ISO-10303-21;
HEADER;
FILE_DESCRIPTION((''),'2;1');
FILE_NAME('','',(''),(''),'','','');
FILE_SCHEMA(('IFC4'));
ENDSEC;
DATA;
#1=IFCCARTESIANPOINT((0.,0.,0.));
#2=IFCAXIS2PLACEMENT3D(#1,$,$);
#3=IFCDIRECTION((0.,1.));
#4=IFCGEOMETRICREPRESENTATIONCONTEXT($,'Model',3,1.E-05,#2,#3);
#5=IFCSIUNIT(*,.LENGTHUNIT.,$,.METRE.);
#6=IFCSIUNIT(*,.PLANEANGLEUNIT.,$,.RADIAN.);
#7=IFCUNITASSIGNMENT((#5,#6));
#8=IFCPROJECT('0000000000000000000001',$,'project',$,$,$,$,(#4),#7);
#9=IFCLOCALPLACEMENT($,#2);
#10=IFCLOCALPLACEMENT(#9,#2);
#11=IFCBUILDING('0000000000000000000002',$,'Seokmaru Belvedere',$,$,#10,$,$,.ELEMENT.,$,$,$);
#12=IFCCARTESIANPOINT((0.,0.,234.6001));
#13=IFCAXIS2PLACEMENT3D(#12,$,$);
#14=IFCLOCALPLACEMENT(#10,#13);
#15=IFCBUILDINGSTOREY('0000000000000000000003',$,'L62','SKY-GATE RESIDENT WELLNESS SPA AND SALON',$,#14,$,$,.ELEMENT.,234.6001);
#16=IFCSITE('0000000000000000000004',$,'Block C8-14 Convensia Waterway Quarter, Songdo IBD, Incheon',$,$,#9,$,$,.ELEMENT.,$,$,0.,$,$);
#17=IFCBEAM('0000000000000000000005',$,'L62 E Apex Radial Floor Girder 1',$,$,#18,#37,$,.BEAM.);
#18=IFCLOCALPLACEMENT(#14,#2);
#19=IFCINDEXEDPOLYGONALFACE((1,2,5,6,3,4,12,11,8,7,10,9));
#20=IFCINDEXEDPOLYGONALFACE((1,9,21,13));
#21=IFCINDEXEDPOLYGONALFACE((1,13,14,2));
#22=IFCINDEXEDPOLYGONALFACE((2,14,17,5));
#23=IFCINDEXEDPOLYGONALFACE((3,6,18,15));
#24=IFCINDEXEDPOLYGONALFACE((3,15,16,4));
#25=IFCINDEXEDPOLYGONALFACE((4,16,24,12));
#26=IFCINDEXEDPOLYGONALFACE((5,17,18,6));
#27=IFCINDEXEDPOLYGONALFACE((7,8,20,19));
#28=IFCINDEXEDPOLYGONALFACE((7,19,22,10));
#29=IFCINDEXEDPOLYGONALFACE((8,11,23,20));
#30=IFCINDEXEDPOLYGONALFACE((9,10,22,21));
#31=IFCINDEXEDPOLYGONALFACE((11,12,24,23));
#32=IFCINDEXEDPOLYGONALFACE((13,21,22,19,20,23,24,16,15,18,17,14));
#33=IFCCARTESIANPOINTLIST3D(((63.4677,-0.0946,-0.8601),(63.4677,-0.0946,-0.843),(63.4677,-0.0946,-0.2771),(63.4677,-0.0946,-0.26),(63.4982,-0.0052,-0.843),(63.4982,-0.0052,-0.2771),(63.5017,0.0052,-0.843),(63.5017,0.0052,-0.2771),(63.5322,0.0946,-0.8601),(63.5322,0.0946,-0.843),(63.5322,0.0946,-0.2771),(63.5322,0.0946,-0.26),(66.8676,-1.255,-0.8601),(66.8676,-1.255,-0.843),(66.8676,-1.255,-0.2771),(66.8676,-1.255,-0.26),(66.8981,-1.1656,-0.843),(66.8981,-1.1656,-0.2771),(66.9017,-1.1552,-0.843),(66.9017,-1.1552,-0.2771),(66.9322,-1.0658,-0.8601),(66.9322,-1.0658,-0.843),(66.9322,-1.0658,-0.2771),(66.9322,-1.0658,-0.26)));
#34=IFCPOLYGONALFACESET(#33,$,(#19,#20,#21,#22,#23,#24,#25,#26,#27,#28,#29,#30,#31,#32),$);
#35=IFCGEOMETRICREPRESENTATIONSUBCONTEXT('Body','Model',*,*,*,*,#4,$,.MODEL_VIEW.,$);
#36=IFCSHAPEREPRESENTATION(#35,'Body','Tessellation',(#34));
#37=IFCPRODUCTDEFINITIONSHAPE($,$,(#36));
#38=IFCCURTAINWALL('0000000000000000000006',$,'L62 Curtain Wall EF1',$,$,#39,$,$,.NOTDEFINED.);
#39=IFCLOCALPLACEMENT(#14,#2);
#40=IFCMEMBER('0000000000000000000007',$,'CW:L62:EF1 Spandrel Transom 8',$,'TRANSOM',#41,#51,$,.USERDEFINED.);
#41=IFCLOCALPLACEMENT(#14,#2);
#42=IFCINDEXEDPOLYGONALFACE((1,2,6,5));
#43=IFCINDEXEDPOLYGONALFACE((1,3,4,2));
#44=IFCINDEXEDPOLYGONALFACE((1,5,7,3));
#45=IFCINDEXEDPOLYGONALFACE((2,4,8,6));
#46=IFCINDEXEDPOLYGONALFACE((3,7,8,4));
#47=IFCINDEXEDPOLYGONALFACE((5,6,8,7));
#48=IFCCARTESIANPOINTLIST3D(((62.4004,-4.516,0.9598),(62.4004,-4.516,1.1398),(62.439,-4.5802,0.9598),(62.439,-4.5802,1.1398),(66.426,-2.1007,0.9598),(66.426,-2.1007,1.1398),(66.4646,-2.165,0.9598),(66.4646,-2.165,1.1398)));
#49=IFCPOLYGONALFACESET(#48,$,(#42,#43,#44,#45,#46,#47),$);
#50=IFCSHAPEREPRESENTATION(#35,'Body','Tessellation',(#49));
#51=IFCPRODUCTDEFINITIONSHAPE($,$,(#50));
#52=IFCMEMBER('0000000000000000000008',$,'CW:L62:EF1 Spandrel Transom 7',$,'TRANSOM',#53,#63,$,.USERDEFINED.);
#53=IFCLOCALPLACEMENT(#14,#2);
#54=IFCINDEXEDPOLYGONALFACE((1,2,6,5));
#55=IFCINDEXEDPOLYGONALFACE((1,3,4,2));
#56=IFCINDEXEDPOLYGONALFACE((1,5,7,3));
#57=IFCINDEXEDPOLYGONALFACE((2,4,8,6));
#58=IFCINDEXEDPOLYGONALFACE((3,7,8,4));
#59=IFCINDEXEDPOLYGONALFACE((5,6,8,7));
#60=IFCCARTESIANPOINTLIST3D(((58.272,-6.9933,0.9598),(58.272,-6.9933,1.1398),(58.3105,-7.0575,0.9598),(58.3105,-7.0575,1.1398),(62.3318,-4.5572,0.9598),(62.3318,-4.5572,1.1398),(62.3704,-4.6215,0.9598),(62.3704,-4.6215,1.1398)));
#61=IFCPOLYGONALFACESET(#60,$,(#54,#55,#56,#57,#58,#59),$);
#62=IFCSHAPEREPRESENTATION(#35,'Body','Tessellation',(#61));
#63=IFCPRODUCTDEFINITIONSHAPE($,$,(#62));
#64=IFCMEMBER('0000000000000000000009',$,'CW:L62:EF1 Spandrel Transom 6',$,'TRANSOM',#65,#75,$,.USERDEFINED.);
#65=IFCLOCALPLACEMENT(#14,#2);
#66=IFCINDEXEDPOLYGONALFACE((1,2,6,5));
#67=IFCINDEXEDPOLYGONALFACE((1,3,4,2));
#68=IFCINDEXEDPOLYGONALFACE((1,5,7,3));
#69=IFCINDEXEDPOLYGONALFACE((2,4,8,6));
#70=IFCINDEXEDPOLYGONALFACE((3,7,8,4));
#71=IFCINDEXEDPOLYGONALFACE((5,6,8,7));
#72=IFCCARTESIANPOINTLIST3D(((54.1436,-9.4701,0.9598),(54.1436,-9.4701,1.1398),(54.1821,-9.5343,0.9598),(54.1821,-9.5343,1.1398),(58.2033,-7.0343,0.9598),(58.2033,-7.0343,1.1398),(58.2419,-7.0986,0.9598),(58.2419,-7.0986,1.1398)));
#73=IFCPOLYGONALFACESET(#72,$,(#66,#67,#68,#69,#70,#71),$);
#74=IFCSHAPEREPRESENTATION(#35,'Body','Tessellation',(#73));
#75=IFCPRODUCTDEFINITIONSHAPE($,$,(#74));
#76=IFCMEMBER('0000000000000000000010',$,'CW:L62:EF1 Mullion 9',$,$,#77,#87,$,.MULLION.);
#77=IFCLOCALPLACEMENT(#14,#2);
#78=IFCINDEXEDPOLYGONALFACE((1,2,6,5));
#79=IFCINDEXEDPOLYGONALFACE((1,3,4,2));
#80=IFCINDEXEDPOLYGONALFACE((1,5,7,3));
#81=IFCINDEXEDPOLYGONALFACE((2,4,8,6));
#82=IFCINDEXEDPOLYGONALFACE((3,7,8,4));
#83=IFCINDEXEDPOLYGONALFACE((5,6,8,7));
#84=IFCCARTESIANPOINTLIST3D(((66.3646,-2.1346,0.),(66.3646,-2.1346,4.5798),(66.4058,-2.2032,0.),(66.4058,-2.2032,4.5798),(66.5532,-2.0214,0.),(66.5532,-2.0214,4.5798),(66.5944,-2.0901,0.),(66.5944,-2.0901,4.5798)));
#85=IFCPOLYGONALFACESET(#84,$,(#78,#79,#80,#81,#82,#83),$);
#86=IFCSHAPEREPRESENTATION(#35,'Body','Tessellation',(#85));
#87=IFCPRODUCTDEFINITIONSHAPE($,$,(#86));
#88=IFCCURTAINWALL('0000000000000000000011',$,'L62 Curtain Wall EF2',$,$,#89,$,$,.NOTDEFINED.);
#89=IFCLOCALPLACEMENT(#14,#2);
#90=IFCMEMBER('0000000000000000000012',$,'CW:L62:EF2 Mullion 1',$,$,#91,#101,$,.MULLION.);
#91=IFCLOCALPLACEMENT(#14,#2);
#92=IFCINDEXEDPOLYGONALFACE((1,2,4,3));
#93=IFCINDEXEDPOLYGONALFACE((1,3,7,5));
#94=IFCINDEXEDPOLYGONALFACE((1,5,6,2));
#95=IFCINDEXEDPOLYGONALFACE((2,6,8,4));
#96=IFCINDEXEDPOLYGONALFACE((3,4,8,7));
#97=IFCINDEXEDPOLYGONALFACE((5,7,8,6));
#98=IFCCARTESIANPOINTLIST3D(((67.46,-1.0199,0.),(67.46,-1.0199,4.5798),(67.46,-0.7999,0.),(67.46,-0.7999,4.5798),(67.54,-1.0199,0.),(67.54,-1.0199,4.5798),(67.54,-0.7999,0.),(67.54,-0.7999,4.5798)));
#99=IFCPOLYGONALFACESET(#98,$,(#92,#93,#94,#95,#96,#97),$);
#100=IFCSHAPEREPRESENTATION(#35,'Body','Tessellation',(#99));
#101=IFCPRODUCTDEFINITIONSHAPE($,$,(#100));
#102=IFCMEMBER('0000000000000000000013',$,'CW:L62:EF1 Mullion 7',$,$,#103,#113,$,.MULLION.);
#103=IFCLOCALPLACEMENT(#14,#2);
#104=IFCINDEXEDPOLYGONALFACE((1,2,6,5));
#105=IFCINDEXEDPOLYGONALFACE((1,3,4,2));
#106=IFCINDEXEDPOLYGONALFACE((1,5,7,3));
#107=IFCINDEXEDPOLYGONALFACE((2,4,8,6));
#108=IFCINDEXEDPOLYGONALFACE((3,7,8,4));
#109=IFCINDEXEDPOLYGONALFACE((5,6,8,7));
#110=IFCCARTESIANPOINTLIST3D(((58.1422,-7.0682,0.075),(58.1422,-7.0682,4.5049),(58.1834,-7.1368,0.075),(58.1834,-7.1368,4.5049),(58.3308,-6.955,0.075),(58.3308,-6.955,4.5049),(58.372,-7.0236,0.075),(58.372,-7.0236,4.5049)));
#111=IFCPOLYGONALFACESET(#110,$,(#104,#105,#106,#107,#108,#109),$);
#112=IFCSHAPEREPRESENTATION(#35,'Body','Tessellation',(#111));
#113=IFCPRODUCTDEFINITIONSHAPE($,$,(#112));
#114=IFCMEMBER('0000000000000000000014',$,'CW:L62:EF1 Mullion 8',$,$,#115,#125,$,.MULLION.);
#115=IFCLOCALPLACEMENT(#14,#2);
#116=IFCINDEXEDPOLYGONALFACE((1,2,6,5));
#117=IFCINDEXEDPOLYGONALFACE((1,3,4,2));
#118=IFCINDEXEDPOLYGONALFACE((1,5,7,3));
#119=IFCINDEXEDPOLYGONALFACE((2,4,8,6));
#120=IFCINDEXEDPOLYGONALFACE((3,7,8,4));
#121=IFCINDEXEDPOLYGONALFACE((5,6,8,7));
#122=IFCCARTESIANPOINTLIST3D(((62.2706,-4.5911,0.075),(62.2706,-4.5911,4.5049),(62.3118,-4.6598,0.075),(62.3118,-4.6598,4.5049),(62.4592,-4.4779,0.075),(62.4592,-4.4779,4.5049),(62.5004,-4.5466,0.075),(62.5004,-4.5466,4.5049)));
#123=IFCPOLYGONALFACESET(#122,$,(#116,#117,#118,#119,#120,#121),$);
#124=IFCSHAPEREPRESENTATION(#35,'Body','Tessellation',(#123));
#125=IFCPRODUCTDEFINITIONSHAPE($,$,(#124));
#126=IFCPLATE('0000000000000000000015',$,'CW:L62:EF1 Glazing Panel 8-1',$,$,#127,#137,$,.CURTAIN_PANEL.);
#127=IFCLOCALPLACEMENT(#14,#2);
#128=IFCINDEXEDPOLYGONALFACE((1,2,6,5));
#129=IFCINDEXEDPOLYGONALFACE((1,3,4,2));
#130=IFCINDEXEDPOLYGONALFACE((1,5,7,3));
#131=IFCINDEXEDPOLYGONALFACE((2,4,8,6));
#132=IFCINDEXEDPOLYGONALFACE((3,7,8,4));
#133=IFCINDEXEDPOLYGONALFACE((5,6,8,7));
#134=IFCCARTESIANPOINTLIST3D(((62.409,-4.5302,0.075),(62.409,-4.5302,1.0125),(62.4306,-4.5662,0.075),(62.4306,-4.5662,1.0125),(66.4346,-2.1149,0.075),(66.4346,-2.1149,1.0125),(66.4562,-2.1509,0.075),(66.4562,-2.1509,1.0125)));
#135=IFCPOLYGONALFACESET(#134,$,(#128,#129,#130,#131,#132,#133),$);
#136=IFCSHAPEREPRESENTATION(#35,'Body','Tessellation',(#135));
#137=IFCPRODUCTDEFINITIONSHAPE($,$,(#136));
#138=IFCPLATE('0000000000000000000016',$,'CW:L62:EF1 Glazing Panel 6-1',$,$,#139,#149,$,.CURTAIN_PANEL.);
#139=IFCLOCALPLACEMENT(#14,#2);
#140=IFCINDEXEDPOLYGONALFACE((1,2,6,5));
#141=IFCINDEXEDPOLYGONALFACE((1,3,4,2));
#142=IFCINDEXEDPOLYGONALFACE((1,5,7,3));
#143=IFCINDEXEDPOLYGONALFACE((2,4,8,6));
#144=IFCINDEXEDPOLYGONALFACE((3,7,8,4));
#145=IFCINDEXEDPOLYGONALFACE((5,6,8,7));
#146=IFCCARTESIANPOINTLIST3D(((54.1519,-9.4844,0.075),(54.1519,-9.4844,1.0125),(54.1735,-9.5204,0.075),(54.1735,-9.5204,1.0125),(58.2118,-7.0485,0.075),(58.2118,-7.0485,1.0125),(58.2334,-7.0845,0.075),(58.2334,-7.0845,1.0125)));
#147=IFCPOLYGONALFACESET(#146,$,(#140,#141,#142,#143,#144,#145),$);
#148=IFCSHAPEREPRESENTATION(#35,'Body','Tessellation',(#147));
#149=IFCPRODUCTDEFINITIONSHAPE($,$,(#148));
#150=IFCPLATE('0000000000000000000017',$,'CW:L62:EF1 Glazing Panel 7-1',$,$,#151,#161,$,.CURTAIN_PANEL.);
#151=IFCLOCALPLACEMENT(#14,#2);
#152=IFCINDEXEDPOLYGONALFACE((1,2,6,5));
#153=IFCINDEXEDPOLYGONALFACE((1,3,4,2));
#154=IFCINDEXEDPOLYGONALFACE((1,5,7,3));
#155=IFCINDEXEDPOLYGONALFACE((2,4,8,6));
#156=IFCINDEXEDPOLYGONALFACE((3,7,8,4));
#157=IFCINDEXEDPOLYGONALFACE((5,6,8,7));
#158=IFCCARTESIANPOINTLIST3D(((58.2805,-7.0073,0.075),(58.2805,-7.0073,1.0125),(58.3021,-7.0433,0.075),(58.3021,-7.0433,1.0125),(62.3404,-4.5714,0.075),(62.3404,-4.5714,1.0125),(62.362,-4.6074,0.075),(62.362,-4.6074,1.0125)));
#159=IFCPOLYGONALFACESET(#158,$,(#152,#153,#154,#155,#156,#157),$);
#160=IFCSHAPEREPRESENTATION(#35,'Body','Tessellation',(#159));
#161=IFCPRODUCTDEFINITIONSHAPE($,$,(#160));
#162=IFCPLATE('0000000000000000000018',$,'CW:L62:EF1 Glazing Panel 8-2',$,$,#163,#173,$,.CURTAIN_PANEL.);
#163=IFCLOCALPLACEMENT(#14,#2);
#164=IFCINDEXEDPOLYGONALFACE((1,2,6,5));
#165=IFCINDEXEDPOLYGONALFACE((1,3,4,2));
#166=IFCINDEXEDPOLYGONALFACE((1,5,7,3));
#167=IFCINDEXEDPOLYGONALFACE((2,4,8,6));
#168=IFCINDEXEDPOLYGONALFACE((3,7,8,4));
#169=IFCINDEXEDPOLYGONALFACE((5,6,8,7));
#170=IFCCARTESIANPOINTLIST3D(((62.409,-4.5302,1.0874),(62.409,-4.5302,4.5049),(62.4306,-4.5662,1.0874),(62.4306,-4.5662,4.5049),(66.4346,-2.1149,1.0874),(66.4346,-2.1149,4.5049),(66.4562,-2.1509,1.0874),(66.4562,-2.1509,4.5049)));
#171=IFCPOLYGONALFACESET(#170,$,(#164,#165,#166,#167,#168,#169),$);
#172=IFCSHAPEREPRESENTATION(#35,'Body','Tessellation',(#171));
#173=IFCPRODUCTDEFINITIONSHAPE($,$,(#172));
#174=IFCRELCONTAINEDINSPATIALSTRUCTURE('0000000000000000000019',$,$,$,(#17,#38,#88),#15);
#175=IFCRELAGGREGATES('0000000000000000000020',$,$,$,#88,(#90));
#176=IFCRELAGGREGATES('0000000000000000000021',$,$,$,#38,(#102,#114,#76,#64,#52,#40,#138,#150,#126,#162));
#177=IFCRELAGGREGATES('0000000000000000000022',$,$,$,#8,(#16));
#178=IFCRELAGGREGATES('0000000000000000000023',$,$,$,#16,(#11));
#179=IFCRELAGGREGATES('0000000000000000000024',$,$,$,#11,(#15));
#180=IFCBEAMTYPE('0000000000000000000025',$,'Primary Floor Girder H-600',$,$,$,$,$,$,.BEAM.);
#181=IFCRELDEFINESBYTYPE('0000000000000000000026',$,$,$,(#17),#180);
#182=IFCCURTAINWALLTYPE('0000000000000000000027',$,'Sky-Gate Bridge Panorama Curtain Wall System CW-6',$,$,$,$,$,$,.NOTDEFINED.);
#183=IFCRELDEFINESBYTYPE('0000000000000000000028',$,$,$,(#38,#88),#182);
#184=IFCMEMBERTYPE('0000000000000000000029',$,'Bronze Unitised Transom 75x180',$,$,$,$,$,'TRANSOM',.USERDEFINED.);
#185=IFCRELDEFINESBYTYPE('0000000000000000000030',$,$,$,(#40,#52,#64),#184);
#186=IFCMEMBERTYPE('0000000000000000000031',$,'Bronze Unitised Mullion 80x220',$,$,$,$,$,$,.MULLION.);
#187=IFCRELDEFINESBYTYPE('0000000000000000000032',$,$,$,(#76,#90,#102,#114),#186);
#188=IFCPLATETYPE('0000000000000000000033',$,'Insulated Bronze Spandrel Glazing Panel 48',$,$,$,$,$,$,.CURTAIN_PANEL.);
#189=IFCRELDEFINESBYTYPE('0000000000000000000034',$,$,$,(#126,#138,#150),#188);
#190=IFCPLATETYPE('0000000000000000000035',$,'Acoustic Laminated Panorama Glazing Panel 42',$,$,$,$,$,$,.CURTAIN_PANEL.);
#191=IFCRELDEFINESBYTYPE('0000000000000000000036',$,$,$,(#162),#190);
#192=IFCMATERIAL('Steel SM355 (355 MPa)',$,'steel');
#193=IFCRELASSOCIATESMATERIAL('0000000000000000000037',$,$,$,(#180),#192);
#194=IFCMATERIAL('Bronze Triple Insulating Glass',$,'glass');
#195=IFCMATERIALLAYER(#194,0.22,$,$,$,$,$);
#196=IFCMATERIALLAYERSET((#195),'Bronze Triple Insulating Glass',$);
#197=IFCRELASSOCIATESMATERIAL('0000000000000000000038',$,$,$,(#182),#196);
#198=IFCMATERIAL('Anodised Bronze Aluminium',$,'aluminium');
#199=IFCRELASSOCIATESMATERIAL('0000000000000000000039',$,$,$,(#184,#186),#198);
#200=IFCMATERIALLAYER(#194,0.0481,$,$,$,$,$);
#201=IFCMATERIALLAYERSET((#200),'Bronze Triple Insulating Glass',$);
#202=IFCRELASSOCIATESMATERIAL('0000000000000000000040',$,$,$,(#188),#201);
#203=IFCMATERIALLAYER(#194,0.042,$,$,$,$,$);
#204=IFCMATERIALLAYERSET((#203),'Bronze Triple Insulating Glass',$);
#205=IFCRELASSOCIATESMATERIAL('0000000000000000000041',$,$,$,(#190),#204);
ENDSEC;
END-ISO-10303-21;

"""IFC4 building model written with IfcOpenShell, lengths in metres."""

from ifc_helpers import new_model, si_unit, direction, frame, origin, origin_2d, place, context, subcontext, project, spatial, rectangle, i_section, extrude, source, transform, mapped, material, layer, layer_set, material_profile, profile_set, type_object, type_shapes, element, aggregate, save


model = new_model("IFC4")

# Units and contexts
model_context = context("Model", 3, precision=1e-05, world=origin(), true_north=direction((0.0, 1.0)))
body_context = subcontext(model_context, "Body", "Model", "MODEL_VIEW")
ifc_project = project(units=[si_unit("LENGTHUNIT", "METRE"), si_unit("PLANEANGLEUNIT", "RADIAN")], contexts=[model_context])

# Site, building, storey
site_placement = place(None, origin())
site = spatial("IfcSite", under=ifc_project, at=site_placement, Name="Block C8-14 Convensia Waterway Quarter, Songdo IBD, Incheon", CompositionType="ELEMENT", RefElevation=0.0)
building_placement = place(site_placement, origin())
building = spatial("IfcBuilding", under=site, at=building_placement, Name="Seokmaru Belvedere", CompositionType="ELEMENT")
storey_placement = place(building_placement, frame((0.0, 0.0, 234.6001)))
storey = spatial("IfcBuildingStorey", under=building, at=storey_placement, Name="L62", Description="SKY-GATE RESIDENT WELLNESS SPA AND SALON", CompositionType="ELEMENT", Elevation=234.6001)

# Shared definitions
ifc_material_1 = material(Name="Steel SM355 (355 MPa)", Category="steel")

# Beam
ifc_material_profile_1 = material_profile(ifc_material_1, i_section(OverallWidth=0.2, OverallDepth=0.6001, WebThickness=0.011, FlangeThickness=0.0171, at=origin_2d()), Name="H-600x200x11x17")
ifc_profile_set_1 = profile_set([ifc_material_profile_1], Name="Steel SM355 (355 MPa)")
beam_type_1 = type_object("IfcBeamType", Name="Primary Floor Girder H-600", PredefinedType="BEAM", material=ifc_profile_set_1)
shared_shape_1 = source(origin(), body_context, "Body", "SweptSolid", [
    extrude(i_section(OverallWidth=0.2, OverallDepth=0.6001, WebThickness=0.011, FlangeThickness=0.0171, at=origin_2d()), origin(), (0.0, 0.0, 1.0), 3.5925),
])
beam_1_placement = place(storey_placement, frame((66.8999, -1.1604, -0.5601), z_axis=(-0.946396, 0.323009, 0.0), x_axis=(-0.323009, -0.946396, 0.0)))
element("IfcBeam", 1, at=beam_1_placement, inside=storey, type_object=beam_type_1, Name="L62 E Apex Radial Floor Girder 1", PredefinedType="BEAM", context=body_context, shape_type="MappedRepresentation", body=[
    mapped(shared_shape_1, transform((0.0, 0.0, 0.0), scale=1.0)),
])

# Curtain wall, members
ifc_material_2 = material(Name="Bronze Triple Insulating Glass", Category="glass")
ifc_layer_1 = layer(ifc_material_2, 0.22)
ifc_layer_set_1 = layer_set([ifc_layer_1], Name="Bronze Triple Insulating Glass")
curtain_wall_type = type_object("IfcCurtainWallType", Name="Sky-Gate Bridge Panorama Curtain Wall System CW-6", PredefinedType="NOTDEFINED", material=ifc_layer_set_1)
curtain_wall_1_placement = place(storey_placement, origin())
curtain_wall_1 = element("IfcCurtainWall", 2, at=curtain_wall_1_placement, inside=storey, type_object=curtain_wall_type, Name="L62 Curtain Wall EF1", PredefinedType="NOTDEFINED")
ifc_material_3 = material(Name="Anodised Bronze Aluminium", Category="aluminium")
ifc_material_profile_2 = material_profile(ifc_material_3, rectangle(XDim=0.075, YDim=0.1799, at=origin_2d()), Name="CW-T-75x180")
ifc_profile_set_2 = profile_set([ifc_material_profile_2], Name="Anodised Bronze Aluminium")
member_type_1 = type_object("IfcMemberType", Name="Bronze Unitised Transom 75x180", ElementType="TRANSOM", PredefinedType="USERDEFINED", material=ifc_profile_set_2)
shared_shape_2 = source(origin(), body_context, "Body", "SweptSolid", [
    extrude(rectangle(XDim=0.075, YDim=0.1799, at=origin_2d()), origin(), (0.0, 0.0, 1.0), 4.6946),
])
member_1_placement = place(storey_placement, frame((62.4197, -4.5481, 1.0498), z_axis=(0.857502, 0.51448, 0.0), x_axis=(-0.51448, 0.857502, 0.0)))
member_1 = element("IfcMember", 3, at=member_1_placement, type_object=member_type_1, Name="CW:L62:EF1 Spandrel Transom 8", ObjectType="TRANSOM", PredefinedType="USERDEFINED", context=body_context, shape_type="MappedRepresentation", body=[
    mapped(shared_shape_2, transform((0.0, 0.0, 0.0), scale=1.0)),
])
shared_shape_3 = source(origin(), body_context, "Body", "SweptSolid", [
    extrude(rectangle(XDim=0.075, YDim=0.1799, at=origin_2d()), origin(), (0.0, 0.0, 1.0), 4.7346),
])
member_2_placement = place(storey_placement, frame((58.2913, -7.0254, 1.0498), z_axis=(0.857479, 0.514519, 0.0), x_axis=(-0.514519, 0.857479, 0.0)))
member_2 = element("IfcMember", 4, at=member_2_placement, type_object=member_type_1, Name="CW:L62:EF1 Spandrel Transom 7", ObjectType="TRANSOM", PredefinedType="USERDEFINED", context=body_context, shape_type="MappedRepresentation", body=[
    mapped(shared_shape_3, transform((0.0, 0.0, 0.0), scale=1.0)),
])
shared_shape_4 = source(origin(), body_context, "Body", "SweptSolid", [
    extrude(rectangle(XDim=0.075, YDim=0.1799, at=origin_2d()), origin(), (0.0, 0.0, 1.0), 4.7344),
])
type_shapes(member_type_1, [shared_shape_2, shared_shape_3, shared_shape_4])
member_3_placement = place(storey_placement, frame((54.1628, -9.5022, 1.0498), z_axis=(0.857502, 0.514481, 0.0), x_axis=(-0.514481, 0.857502, 0.0)))
member_3 = element("IfcMember", 5, at=member_3_placement, type_object=member_type_1, Name="CW:L62:EF1 Spandrel Transom 6", ObjectType="TRANSOM", PredefinedType="USERDEFINED", context=body_context, shape_type="MappedRepresentation", body=[
    mapped(shared_shape_4, transform((0.0, 0.0, 0.0), scale=1.0)),
])
ifc_material_profile_3 = material_profile(ifc_material_3, rectangle(XDim=0.0801, YDim=0.22, at=origin_2d()), Name="CW-M-80x220")
ifc_profile_set_3 = profile_set([ifc_material_profile_3], Name="Anodised Bronze Aluminium")
member_type_2 = type_object("IfcMemberType", Name="Bronze Unitised Mullion 80x220", PredefinedType="MULLION", material=ifc_profile_set_3)
shared_shape_5 = source(origin(), body_context, "Body", "SweptSolid", [
    extrude(rectangle(XDim=0.0801, YDim=0.22, at=origin_2d()), origin(), (0.0, 0.0, 1.0), 4.5798),
])
member_4_placement = place(storey_placement, frame((66.4795, -2.1123, 0.0), z_axis=(0.0, 0.0, 1.0), x_axis=(-0.514495, 0.857493, 0.0)))
member_4 = element("IfcMember", 6, at=member_4_placement, type_object=member_type_2, Name="CW:L62:EF1 Mullion 9", PredefinedType="MULLION", context=body_context, shape_type="MappedRepresentation", body=[
    mapped(shared_shape_5, transform((0.0, 0.0, 0.0), scale=1.0)),
])

# Curtain wall, member
curtain_wall_2_placement = place(storey_placement, origin())
curtain_wall_2 = element("IfcCurtainWall", 7, at=curtain_wall_2_placement, inside=storey, type_object=curtain_wall_type, Name="L62 Curtain Wall EF2", PredefinedType="NOTDEFINED")
member_5_placement = place(storey_placement, frame((67.5, -0.9099, 0.0), z_axis=(0.0, 0.0, 1.0), x_axis=(-1.0, 0.0, 0.0)))
member_5 = element("IfcMember", 8, at=member_5_placement, type_object=member_type_2, Name="CW:L62:EF2 Mullion 1", PredefinedType="MULLION", context=body_context, shape_type="MappedRepresentation", body=[
    mapped(shared_shape_5, transform((0.0, 0.0, 0.0), scale=1.0)),
])
aggregate(curtain_wall_2, [member_5])

# Members
shared_shape_6 = source(origin(), body_context, "Body", "SweptSolid", [
    extrude(rectangle(XDim=0.0801, YDim=0.22, at=origin_2d()), origin(), (0.0, 0.0, 1.0), 4.4299),
])
type_shapes(member_type_2, [shared_shape_5, shared_shape_6])
member_6_placement = place(storey_placement, frame((58.2571, -7.0459, 0.075), z_axis=(0.0, 0.0, 1.0), x_axis=(-0.514495, 0.857493, 0.0)))
member_6 = element("IfcMember", 9, at=member_6_placement, type_object=member_type_2, Name="CW:L62:EF1 Mullion 7", PredefinedType="MULLION", context=body_context, shape_type="MappedRepresentation", body=[
    mapped(shared_shape_6, transform((0.0, 0.0, 0.0), scale=1.0)),
])
member_7_placement = place(storey_placement, frame((62.3855, -4.5688, 0.075), z_axis=(0.0, 0.0, 1.0), x_axis=(-0.514495, 0.857493, 0.0)))
member_7 = element("IfcMember", 10, at=member_7_placement, type_object=member_type_2, Name="CW:L62:EF1 Mullion 8", PredefinedType="MULLION", context=body_context, shape_type="MappedRepresentation", body=[
    mapped(shared_shape_6, transform((0.0, 0.0, 0.0), scale=1.0)),
])

# Plates
ifc_layer_2 = layer(ifc_material_2, 0.0481)
ifc_layer_set_2 = layer_set([ifc_layer_2], Name="Bronze Triple Insulating Glass")
plate_type_1 = type_object("IfcPlateType", Name="Insulated Bronze Spandrel Glazing Panel 48", PredefinedType="CURTAIN_PANEL", material=ifc_layer_set_2)
shared_shape_7 = source(origin(), body_context, "Body", "SweptSolid", [
    extrude(rectangle(XDim=4.6946, YDim=0.042, at=origin_2d()), origin(), (0.0, 0.0, 1.0), 0.9375),
])
plate_1_placement = place(storey_placement, frame((64.4326, -3.3406, 0.075), z_axis=(0.0, 0.0, 1.0), x_axis=(0.857493, 0.514495, 0.0)))
plate_1 = element("IfcPlate", 11, at=plate_1_placement, type_object=plate_type_1, Name="CW:L62:EF1 Glazing Panel 8-1", PredefinedType="CURTAIN_PANEL", context=body_context, shape_type="MappedRepresentation", body=[
    mapped(shared_shape_7, transform((0.0, 0.0, 0.0), scale=1.0)),
])
shared_shape_8 = source(origin(), body_context, "Body", "SweptSolid", [
    extrude(rectangle(XDim=4.7346, YDim=0.042, at=origin_2d()), origin(), (0.0, 0.0, 1.0), 0.9375),
])
type_shapes(plate_type_1, [shared_shape_7, shared_shape_8])
plate_2_placement = place(storey_placement, frame((56.1926, -8.2844, 0.075), z_axis=(0.0, 0.0, 1.0), x_axis=(0.857493, 0.514495, 0.0)))
plate_2 = element("IfcPlate", 12, at=plate_2_placement, type_object=plate_type_1, Name="CW:L62:EF1 Glazing Panel 6-1", PredefinedType="CURTAIN_PANEL", context=body_context, shape_type="MappedRepresentation", body=[
    mapped(shared_shape_8, transform((0.0, 0.0, 0.0), scale=1.0)),
])
plate_3_placement = place(storey_placement, frame((60.3213, -5.8074, 0.075), z_axis=(0.0, 0.0, 1.0), x_axis=(0.857493, 0.514495, 0.0)))
plate_3 = element("IfcPlate", 13, at=plate_3_placement, type_object=plate_type_1, Name="CW:L62:EF1 Glazing Panel 7-1", PredefinedType="CURTAIN_PANEL", context=body_context, shape_type="MappedRepresentation", body=[
    mapped(shared_shape_8, transform((0.0, 0.0, 0.0), scale=1.0)),
])
ifc_layer_3 = layer(ifc_material_2, 0.042)
ifc_layer_set_3 = layer_set([ifc_layer_3], Name="Bronze Triple Insulating Glass")
plate_type_2 = type_object("IfcPlateType", Name="Acoustic Laminated Panorama Glazing Panel 42", PredefinedType="CURTAIN_PANEL", material=ifc_layer_set_3)
shared_shape_9 = source(origin(), body_context, "Body", "SweptSolid", [
    extrude(rectangle(XDim=4.6946, YDim=0.042, at=origin_2d()), origin(), (0.0, 0.0, 1.0), 3.4175),
])
plate_4_placement = place(storey_placement, frame((64.4326, -3.3406, 1.0874), z_axis=(0.0, 0.0, 1.0), x_axis=(0.857493, 0.514495, 0.0)))
plate_4 = element("IfcPlate", 14, at=plate_4_placement, type_object=plate_type_2, Name="CW:L62:EF1 Glazing Panel 8-2", PredefinedType="CURTAIN_PANEL", context=body_context, shape_type="MappedRepresentation", body=[
    mapped(shared_shape_9, transform((0.0, 0.0, 0.0), scale=1.0)),
])
aggregate(curtain_wall_1, [member_6, member_7, member_4, member_3, member_2, member_1, plate_2, plate_3, plate_1, plate_4])

save(model, "model.ifc")
